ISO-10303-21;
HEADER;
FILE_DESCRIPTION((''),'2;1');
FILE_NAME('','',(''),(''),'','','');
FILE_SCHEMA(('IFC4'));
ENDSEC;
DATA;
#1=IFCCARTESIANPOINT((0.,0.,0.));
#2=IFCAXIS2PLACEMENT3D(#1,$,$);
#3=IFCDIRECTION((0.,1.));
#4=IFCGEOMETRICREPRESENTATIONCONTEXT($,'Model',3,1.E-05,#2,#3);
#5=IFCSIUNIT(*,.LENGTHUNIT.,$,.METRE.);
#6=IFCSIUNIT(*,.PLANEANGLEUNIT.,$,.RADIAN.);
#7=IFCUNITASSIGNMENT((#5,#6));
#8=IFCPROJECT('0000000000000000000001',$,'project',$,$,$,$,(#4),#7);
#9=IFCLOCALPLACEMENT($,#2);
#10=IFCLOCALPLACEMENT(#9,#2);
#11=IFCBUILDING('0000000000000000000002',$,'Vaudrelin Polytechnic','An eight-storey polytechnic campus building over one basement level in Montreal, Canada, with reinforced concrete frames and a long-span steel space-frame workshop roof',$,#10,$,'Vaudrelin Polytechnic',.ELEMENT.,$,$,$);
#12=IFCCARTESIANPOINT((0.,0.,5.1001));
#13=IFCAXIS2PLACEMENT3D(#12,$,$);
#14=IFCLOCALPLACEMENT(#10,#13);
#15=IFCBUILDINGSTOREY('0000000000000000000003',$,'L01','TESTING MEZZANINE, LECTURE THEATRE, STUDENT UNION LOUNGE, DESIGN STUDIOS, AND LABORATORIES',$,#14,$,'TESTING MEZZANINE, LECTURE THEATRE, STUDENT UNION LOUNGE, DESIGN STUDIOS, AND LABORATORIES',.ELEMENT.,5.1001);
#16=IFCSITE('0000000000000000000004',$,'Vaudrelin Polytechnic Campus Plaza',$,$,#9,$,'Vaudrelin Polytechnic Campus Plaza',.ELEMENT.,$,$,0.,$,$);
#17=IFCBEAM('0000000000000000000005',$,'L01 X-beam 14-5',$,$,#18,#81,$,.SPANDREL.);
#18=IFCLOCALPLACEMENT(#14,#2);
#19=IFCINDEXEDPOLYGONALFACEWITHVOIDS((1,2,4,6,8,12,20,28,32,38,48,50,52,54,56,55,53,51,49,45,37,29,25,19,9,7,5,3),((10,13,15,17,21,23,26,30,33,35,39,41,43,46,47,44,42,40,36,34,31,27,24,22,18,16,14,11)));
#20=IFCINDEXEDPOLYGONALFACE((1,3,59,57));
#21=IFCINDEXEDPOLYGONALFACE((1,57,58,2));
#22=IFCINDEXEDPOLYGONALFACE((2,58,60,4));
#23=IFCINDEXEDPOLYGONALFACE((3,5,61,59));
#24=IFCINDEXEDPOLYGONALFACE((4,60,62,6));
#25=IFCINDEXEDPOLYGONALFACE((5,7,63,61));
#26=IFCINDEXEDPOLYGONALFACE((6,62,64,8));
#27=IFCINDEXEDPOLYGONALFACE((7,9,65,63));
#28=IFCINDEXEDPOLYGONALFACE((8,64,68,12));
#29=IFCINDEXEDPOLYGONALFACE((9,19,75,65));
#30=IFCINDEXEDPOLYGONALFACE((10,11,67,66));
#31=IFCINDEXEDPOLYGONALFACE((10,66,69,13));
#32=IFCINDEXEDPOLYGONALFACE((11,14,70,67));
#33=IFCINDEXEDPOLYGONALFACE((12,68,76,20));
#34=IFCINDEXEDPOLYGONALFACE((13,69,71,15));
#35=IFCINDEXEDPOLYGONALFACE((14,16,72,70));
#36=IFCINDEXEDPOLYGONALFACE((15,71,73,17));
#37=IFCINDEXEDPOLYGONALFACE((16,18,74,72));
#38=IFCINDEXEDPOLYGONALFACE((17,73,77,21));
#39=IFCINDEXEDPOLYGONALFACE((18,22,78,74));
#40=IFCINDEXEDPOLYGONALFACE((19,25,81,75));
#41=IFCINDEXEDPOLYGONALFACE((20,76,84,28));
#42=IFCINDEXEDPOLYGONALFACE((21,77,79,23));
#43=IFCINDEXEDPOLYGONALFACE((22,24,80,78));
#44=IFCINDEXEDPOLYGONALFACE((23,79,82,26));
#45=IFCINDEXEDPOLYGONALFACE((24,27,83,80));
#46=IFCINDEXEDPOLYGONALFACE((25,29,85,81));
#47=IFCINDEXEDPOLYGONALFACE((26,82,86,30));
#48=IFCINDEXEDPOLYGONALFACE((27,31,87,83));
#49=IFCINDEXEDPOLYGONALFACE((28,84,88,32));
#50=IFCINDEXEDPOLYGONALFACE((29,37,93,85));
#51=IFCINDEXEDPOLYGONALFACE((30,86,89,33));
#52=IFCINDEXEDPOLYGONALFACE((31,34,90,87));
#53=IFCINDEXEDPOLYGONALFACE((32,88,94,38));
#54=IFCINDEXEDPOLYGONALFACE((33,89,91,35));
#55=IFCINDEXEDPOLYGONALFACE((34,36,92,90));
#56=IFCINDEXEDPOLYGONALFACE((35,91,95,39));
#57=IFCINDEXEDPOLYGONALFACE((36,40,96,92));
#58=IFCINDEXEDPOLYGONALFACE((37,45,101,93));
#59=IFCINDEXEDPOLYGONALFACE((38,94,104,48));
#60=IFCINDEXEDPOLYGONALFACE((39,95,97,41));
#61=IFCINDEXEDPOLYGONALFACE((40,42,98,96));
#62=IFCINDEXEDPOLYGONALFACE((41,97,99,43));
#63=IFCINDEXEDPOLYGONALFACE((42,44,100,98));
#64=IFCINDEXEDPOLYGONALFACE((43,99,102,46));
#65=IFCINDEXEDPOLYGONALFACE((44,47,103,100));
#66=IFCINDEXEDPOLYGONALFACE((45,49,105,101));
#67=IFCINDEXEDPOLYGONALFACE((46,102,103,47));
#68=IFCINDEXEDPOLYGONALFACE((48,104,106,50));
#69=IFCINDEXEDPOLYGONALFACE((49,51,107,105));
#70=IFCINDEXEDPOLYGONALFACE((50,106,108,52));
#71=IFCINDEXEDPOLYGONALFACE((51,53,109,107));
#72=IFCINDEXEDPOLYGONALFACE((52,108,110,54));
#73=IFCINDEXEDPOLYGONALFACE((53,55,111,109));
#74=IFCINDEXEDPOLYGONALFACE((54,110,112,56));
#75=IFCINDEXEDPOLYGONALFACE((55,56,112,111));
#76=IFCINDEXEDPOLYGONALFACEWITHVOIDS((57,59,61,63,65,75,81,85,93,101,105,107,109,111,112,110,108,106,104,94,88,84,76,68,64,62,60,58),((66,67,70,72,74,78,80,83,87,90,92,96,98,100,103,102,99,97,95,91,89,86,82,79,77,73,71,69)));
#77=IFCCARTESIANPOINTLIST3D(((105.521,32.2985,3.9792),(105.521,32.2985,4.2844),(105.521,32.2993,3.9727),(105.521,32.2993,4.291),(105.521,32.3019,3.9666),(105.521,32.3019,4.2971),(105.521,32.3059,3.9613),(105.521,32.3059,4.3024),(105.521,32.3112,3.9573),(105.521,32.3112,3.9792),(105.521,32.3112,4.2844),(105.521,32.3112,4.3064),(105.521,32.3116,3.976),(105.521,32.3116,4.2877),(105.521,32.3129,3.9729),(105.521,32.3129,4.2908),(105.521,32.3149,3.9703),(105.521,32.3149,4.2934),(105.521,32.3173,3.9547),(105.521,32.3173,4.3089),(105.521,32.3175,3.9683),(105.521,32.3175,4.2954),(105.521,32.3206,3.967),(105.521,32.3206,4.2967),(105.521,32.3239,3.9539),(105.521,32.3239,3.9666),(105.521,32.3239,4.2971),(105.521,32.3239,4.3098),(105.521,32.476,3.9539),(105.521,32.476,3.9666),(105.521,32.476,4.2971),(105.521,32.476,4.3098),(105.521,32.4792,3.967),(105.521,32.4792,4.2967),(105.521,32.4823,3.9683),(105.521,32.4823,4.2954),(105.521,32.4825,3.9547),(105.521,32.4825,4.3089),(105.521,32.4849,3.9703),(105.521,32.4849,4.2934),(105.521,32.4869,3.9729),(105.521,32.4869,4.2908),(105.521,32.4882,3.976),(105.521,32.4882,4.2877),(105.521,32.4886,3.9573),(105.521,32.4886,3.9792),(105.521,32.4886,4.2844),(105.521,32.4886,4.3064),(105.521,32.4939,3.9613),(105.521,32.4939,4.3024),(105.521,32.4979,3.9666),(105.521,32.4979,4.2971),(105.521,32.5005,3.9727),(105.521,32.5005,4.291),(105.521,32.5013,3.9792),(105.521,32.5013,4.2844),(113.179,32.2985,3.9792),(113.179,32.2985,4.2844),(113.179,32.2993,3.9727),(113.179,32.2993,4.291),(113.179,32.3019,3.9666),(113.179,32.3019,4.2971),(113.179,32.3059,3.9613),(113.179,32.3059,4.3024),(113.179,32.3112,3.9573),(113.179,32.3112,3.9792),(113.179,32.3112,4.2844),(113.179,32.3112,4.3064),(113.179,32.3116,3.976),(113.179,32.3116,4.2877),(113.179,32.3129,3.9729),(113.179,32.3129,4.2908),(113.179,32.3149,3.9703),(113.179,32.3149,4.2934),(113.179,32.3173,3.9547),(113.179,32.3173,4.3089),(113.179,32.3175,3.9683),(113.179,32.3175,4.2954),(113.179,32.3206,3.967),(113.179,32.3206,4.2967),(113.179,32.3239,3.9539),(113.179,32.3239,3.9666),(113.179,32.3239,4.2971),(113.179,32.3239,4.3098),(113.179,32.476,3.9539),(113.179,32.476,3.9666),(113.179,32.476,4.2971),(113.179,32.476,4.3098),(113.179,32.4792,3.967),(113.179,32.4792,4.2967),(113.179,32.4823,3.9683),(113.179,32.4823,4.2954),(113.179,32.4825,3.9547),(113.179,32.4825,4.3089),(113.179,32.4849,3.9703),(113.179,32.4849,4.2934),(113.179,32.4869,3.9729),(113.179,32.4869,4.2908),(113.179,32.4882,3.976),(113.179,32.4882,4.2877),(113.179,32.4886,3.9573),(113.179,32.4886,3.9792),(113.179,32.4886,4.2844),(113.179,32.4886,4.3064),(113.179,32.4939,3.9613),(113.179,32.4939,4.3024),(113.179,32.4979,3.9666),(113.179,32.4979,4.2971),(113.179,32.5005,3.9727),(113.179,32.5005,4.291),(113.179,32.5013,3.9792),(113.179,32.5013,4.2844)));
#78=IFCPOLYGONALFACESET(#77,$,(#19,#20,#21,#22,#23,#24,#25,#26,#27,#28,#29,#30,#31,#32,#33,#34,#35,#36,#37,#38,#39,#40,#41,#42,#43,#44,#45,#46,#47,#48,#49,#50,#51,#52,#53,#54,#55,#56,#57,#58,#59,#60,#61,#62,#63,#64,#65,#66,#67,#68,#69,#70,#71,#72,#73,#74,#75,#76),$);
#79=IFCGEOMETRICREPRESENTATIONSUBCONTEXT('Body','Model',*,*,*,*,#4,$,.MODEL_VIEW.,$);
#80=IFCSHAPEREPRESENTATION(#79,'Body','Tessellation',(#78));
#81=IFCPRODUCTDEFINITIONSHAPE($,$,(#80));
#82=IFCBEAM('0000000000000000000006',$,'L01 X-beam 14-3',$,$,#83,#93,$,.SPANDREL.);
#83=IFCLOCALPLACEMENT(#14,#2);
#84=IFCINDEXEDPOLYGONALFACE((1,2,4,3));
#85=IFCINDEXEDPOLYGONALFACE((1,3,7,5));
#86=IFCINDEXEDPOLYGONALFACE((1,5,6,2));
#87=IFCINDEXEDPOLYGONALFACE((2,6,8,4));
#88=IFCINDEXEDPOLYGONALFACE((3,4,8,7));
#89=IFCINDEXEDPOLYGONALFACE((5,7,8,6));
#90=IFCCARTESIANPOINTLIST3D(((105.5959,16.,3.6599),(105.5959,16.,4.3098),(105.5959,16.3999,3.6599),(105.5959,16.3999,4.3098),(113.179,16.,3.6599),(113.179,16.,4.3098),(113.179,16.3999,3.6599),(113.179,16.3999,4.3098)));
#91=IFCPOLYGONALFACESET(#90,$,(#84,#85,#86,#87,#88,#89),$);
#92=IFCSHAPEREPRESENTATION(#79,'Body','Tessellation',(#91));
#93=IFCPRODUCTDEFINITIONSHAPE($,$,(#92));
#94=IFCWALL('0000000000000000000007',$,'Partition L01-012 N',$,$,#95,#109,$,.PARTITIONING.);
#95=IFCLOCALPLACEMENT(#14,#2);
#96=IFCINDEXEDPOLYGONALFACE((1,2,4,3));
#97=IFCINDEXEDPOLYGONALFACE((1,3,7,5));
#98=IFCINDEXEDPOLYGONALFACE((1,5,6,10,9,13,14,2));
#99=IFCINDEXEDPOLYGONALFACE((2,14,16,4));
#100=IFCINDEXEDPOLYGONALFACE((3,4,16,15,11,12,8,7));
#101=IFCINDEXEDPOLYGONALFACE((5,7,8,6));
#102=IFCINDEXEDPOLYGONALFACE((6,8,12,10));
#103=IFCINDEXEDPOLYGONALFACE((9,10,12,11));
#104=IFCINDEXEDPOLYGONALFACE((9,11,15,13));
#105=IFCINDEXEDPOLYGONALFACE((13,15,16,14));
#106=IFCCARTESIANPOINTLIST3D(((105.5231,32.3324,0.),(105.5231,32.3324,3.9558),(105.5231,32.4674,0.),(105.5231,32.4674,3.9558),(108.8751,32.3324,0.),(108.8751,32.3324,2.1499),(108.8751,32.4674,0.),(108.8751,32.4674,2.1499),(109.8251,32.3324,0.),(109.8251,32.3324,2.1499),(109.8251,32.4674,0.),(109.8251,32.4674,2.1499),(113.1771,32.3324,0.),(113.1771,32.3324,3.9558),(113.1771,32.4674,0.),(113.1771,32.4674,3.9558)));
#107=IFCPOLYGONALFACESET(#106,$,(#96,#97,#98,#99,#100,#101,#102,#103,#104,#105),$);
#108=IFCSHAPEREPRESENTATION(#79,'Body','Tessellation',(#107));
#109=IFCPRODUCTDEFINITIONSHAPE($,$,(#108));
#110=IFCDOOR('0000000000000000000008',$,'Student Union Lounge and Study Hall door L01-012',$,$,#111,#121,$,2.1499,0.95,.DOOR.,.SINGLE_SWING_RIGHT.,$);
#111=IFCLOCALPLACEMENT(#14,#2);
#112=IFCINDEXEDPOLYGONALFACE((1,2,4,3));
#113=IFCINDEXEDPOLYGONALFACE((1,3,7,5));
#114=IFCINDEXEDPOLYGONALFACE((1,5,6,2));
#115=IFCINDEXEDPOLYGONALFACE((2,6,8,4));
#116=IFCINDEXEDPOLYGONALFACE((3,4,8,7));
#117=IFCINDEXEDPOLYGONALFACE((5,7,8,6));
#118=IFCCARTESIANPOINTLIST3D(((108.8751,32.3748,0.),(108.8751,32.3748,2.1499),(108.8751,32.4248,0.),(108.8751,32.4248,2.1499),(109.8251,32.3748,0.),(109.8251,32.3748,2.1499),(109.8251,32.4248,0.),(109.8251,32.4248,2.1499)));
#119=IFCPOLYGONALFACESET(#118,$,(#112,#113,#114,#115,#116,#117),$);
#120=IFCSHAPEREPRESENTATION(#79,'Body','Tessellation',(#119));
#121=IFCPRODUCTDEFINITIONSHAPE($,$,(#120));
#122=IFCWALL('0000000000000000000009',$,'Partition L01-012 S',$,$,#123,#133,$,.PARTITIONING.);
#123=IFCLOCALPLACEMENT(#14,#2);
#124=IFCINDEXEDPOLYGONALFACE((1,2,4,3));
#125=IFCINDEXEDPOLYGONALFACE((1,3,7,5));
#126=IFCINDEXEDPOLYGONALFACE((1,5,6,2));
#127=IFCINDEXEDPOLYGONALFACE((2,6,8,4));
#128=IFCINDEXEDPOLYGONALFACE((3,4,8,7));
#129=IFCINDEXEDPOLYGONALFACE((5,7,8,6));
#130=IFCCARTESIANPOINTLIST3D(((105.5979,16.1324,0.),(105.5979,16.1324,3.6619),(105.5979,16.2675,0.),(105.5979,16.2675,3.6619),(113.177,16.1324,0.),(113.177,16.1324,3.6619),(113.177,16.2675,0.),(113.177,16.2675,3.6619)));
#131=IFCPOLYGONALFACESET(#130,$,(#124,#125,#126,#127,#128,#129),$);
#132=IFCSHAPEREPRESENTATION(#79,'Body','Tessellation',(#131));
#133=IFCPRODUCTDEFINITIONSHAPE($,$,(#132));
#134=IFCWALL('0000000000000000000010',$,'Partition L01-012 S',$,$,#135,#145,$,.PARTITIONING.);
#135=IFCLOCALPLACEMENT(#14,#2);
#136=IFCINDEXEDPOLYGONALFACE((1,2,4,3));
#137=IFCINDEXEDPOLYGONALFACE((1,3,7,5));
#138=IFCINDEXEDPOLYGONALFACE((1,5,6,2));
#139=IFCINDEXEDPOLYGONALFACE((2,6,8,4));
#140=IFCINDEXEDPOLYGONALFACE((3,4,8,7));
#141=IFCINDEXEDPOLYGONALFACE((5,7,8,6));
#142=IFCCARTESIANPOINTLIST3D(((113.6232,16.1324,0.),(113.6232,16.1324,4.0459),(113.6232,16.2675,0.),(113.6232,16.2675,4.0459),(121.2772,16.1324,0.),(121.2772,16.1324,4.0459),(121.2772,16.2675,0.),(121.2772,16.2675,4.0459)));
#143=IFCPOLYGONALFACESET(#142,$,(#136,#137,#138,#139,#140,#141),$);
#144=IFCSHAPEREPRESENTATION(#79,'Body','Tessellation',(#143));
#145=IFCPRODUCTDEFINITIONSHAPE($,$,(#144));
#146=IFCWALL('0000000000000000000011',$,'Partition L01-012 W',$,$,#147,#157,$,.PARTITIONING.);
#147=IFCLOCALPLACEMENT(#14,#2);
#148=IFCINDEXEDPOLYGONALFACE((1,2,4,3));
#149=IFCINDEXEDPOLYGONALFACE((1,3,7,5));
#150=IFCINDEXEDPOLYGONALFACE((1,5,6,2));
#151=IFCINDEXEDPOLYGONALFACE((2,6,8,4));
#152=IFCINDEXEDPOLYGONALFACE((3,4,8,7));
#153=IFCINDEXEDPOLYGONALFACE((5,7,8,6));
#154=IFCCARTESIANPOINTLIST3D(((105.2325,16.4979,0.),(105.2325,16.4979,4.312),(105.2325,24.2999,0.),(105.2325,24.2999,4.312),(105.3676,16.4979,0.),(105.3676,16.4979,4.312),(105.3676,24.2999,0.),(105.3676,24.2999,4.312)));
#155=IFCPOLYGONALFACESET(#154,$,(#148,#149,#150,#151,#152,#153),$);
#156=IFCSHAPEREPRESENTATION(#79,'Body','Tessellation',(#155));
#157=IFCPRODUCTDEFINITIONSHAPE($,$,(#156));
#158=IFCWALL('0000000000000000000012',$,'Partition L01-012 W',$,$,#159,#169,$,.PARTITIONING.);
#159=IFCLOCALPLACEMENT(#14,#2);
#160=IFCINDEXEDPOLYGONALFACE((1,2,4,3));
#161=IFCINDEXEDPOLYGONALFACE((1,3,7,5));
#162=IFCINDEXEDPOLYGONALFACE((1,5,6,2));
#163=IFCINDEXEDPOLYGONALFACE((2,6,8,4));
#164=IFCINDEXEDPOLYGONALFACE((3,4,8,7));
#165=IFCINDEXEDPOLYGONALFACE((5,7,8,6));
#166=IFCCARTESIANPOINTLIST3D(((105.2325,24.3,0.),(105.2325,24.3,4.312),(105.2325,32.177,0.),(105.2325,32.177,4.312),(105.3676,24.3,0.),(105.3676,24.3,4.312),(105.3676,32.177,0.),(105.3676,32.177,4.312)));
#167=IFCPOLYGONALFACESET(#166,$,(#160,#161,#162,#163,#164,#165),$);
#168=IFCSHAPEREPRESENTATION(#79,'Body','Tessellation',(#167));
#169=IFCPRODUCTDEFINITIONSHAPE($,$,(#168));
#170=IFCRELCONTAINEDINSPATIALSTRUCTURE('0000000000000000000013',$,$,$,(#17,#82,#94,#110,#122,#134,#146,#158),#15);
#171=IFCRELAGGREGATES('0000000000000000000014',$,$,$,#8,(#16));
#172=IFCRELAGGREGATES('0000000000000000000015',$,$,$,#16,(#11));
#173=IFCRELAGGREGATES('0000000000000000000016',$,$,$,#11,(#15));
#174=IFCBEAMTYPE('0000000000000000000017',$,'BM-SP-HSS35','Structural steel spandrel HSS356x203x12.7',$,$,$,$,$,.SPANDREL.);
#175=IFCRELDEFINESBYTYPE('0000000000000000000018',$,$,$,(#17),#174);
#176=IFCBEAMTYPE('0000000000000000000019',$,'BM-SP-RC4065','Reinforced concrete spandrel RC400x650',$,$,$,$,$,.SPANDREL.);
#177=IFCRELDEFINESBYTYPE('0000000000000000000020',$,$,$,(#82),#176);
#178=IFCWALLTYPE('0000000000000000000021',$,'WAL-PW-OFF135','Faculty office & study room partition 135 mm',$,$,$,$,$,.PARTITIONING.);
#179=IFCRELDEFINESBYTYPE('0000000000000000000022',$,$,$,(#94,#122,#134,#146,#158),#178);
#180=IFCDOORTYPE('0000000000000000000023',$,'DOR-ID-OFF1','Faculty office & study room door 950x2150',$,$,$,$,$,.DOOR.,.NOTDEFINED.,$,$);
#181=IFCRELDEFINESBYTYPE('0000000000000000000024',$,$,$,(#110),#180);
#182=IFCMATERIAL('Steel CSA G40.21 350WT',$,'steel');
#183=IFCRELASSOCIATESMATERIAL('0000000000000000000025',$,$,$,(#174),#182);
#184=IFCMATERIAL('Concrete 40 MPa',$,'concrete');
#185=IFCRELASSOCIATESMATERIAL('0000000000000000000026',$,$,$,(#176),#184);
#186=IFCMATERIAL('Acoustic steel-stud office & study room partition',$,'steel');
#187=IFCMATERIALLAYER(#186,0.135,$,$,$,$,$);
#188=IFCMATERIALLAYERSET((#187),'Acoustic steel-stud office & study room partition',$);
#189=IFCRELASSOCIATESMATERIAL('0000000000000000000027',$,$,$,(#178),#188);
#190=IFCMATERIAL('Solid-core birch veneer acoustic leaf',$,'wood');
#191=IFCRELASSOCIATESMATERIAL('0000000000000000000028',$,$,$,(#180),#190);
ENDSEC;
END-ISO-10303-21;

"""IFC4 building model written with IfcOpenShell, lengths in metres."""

from ifc_helpers import new_model, si_unit, direction, frame, frame_2d, origin, origin_2d, place, context, subcontext, project, spatial, rectangle, hollow_rectangle, extrude, material, layer, layer_set, material_profile, profile_set, type_object, element, fill, save


model = new_model("IFC4")

# Units and contexts
model_context = context("Model", 3, precision=1e-05, world=origin(), true_north=direction((0.0, 1.0)))
body_context = subcontext(model_context, "Body", "Model", "MODEL_VIEW")
ifc_project = project(units=[si_unit("LENGTHUNIT", "METRE"), si_unit("PLANEANGLEUNIT", "RADIAN")], contexts=[model_context])

# Site, building, storey
site_placement = place(None, origin())
site = spatial("IfcSite", under=ifc_project, at=site_placement, Name="Vaudrelin Polytechnic Campus Plaza", LongName="Vaudrelin Polytechnic Campus Plaza", CompositionType="ELEMENT", RefElevation=0.0)
building_placement = place(site_placement, origin())
building = spatial("IfcBuilding", under=site, at=building_placement, Name="Vaudrelin Polytechnic", Description="An eight-storey polytechnic campus building over one basement level in Montreal, Canada, with reinforced concrete frames and a long-span steel space-frame workshop roof", LongName="Vaudrelin Polytechnic", CompositionType="ELEMENT")
storey_placement = place(building_placement, frame((0.0, 0.0, 5.1001)))
storey = spatial("IfcBuildingStorey", under=building, at=storey_placement, Name="L01", Description="TESTING MEZZANINE, LECTURE THEATRE, STUDENT UNION LOUNGE, DESIGN STUDIOS, AND LABORATORIES", LongName="TESTING MEZZANINE, LECTURE THEATRE, STUDENT UNION LOUNGE, DESIGN STUDIOS, AND LABORATORIES", CompositionType="ELEMENT", Elevation=5.1001)

# Shared definitions
ifc_material_1 = material(Name="Concrete 40 MPa", Category="concrete")

# Beams
ifc_material_2 = material(Name="Steel CSA G40.21 350WT", Category="steel")
ifc_material_profile_1 = material_profile(ifc_material_2, hollow_rectangle(XDim=0.2029, YDim=0.356, WallThickness=0.0127, InnerFilletRadius=0.0127, OuterFilletRadius=0.0254, at=origin_2d()), Name="HSS356x203x12.7")
ifc_profile_set_1 = profile_set([ifc_material_profile_1], Name="Steel CSA G40.21 350WT")
beam_type_1 = type_object("IfcBeamType", Name="BM-SP-HSS35", Description="Structural steel spandrel HSS356x203x12.7", PredefinedType="SPANDREL", material=ifc_profile_set_1)
beam_1_placement = place(storey_placement, frame((105.521, 32.3999, 4.1318), z_axis=(1.0, 0.0, 0.0), x_axis=(0.0, 1.0, 0.0)))
element("IfcBeam", 1, at=beam_1_placement, inside=storey, type_object=beam_type_1, Name="L01 X-beam 14-5", PredefinedType="SPANDREL", context=body_context, shape_type="SweptSolid", body=[
    extrude(hollow_rectangle(XDim=0.2029, YDim=0.356, WallThickness=0.0127, InnerFilletRadius=0.0127, OuterFilletRadius=0.0254, at=origin_2d()), origin(), (0.0, 0.0, 1.0), 7.658),
])
ifc_material_profile_2 = material_profile(ifc_material_1, rectangle(XDim=0.3999, YDim=0.6499, at=origin_2d()), Name="RC400x650")
ifc_profile_set_2 = profile_set([ifc_material_profile_2], Name="Concrete 40 MPa")
beam_type_2 = type_object("IfcBeamType", Name="BM-SP-RC4065", Description="Reinforced concrete spandrel RC400x650", PredefinedType="SPANDREL", material=ifc_profile_set_2)
beam_2_placement = place(storey_placement, frame((105.5959, 16.2, 3.9849), z_axis=(1.0, 0.0, 0.0), x_axis=(0.0, 1.0, 0.0)))
element("IfcBeam", 2, at=beam_2_placement, inside=storey, type_object=beam_type_2, Name="L01 X-beam 14-3", PredefinedType="SPANDREL", context=body_context, shape_type="SweptSolid", body=[
    extrude(rectangle(XDim=0.3999, YDim=0.6499, at=origin_2d()), origin(), (0.0, 0.0, 1.0), 7.583),
])

# Wall, opening, door
ifc_material_3 = material(Name="Acoustic steel-stud office & study room partition", Category="steel")
ifc_layer = layer(ifc_material_3, 0.135)
ifc_layer_set = layer_set([ifc_layer], Name="Acoustic steel-stud office & study room partition")
wall_type = type_object("IfcWallType", Name="WAL-PW-OFF135", Description="Faculty office & study room partition 135 mm", PredefinedType="PARTITIONING", material=ifc_layer_set)
wall_1_placement = place(storey_placement, frame((105.5229, 32.3999, 0.0), z_axis=(0.0, 0.0, 1.0), x_axis=(1.0, 0.0, 0.0)))
wall_1 = element("IfcWall", 3, at=wall_1_placement, inside=storey, type_object=wall_type, Name="Partition L01-012 N", PredefinedType="PARTITIONING", context=body_context, shape_type="SweptSolid", body=[
    extrude(rectangle(XDim=7.6541, YDim=0.135, at=frame_2d((3.8271, 0.0))), origin(), (0.0, 0.0, 1.0), 3.9558),
])
opening_1_placement = place(wall_1_placement, frame((3.3521, 0.0, 0.0)))
opening_1 = element("IfcOpeningElement", 4, at=opening_1_placement, cuts=wall_1, PredefinedType="OPENING", context=body_context, shape_type="SweptSolid", body=[
    extrude(rectangle(XDim=0.95, YDim=2.1499, at=frame_2d((0.4751, 1.075))), frame((0.0, 0.0776, 0.0), z_axis=(0.0, -1.0, 0.0), x_axis=(1.0, 0.0, 0.0)), (0.0, 0.0, 1.0), 0.155),
])
ifc_material_4 = material(Name="Solid-core birch veneer acoustic leaf", Category="wood")
door_type = type_object("IfcDoorType", Name="DOR-ID-OFF1", Description="Faculty office & study room door 950x2150", OperationType="NOTDEFINED", PredefinedType="DOOR", material=ifc_material_4)
door_1_placement = place(opening_1_placement, origin())
door_1 = element("IfcDoor", 5, at=door_1_placement, inside=storey, type_object=door_type, Name="Student Union Lounge and Study Hall door L01-012", OperationType="SINGLE_SWING_RIGHT", OverallHeight=2.1499, OverallWidth=0.95, PredefinedType="DOOR", context=body_context, shape_type="SweptSolid", body=[
    extrude(rectangle(XDim=0.95, YDim=2.1499, at=frame_2d((0.4751, 1.075))), frame((0.0, 0.0249, 0.0), z_axis=(0.0, -1.0, 0.0), x_axis=(1.0, 0.0, 0.0)), (0.0, 0.0, 1.0), 0.05),
])
fill(opening_1, door_1)

# Walls
wall_2_placement = place(storey_placement, frame((105.5979, 16.2, 0.0), z_axis=(0.0, 0.0, 1.0), x_axis=(1.0, 0.0, 0.0)))
element("IfcWall", 6, at=wall_2_placement, inside=storey, type_object=wall_type, Name="Partition L01-012 S", PredefinedType="PARTITIONING", context=body_context, shape_type="SweptSolid", body=[
    extrude(rectangle(XDim=7.5791, YDim=0.135, at=frame_2d((3.7896, 0.0))), origin(), (0.0, 0.0, 1.0), 3.6619),
])
wall_3_placement = place(storey_placement, frame((113.623, 16.2, 0.0), z_axis=(0.0, 0.0, 1.0), x_axis=(1.0, 0.0, 0.0)))
element("IfcWall", 7, at=wall_3_placement, inside=storey, type_object=wall_type, Name="Partition L01-012 S", PredefinedType="PARTITIONING", context=body_context, shape_type="SweptSolid", body=[
    extrude(rectangle(XDim=7.6541, YDim=0.135, at=frame_2d((3.8271, 0.0))), origin(), (0.0, 0.0, 1.0), 4.0459),
])
wall_4_placement = place(storey_placement, frame((105.3, 16.498, 0.0), z_axis=(0.0, 0.0, 1.0), x_axis=(0.0, 1.0, 0.0)))
element("IfcWall", 8, at=wall_4_placement, inside=storey, type_object=wall_type, Name="Partition L01-012 W", PredefinedType="PARTITIONING", context=body_context, shape_type="SweptSolid", body=[
    extrude(rectangle(XDim=7.802, YDim=0.135, at=frame_2d((3.9009, 0.0))), origin(), (0.0, 0.0, 1.0), 4.312),
])
wall_5_placement = place(storey_placement, frame((105.3, 24.3, 0.0), z_axis=(0.0, 0.0, 1.0), x_axis=(0.0, 1.0, 0.0)))
element("IfcWall", 9, at=wall_5_placement, inside=storey, type_object=wall_type, Name="Partition L01-012 W", PredefinedType="PARTITIONING", context=body_context, shape_type="SweptSolid", body=[
    extrude(rectangle(XDim=7.877, YDim=0.135, at=frame_2d((3.9385, 0.0))), origin(), (0.0, 0.0, 1.0), 4.312),
])

save(model, "model.ifc")
